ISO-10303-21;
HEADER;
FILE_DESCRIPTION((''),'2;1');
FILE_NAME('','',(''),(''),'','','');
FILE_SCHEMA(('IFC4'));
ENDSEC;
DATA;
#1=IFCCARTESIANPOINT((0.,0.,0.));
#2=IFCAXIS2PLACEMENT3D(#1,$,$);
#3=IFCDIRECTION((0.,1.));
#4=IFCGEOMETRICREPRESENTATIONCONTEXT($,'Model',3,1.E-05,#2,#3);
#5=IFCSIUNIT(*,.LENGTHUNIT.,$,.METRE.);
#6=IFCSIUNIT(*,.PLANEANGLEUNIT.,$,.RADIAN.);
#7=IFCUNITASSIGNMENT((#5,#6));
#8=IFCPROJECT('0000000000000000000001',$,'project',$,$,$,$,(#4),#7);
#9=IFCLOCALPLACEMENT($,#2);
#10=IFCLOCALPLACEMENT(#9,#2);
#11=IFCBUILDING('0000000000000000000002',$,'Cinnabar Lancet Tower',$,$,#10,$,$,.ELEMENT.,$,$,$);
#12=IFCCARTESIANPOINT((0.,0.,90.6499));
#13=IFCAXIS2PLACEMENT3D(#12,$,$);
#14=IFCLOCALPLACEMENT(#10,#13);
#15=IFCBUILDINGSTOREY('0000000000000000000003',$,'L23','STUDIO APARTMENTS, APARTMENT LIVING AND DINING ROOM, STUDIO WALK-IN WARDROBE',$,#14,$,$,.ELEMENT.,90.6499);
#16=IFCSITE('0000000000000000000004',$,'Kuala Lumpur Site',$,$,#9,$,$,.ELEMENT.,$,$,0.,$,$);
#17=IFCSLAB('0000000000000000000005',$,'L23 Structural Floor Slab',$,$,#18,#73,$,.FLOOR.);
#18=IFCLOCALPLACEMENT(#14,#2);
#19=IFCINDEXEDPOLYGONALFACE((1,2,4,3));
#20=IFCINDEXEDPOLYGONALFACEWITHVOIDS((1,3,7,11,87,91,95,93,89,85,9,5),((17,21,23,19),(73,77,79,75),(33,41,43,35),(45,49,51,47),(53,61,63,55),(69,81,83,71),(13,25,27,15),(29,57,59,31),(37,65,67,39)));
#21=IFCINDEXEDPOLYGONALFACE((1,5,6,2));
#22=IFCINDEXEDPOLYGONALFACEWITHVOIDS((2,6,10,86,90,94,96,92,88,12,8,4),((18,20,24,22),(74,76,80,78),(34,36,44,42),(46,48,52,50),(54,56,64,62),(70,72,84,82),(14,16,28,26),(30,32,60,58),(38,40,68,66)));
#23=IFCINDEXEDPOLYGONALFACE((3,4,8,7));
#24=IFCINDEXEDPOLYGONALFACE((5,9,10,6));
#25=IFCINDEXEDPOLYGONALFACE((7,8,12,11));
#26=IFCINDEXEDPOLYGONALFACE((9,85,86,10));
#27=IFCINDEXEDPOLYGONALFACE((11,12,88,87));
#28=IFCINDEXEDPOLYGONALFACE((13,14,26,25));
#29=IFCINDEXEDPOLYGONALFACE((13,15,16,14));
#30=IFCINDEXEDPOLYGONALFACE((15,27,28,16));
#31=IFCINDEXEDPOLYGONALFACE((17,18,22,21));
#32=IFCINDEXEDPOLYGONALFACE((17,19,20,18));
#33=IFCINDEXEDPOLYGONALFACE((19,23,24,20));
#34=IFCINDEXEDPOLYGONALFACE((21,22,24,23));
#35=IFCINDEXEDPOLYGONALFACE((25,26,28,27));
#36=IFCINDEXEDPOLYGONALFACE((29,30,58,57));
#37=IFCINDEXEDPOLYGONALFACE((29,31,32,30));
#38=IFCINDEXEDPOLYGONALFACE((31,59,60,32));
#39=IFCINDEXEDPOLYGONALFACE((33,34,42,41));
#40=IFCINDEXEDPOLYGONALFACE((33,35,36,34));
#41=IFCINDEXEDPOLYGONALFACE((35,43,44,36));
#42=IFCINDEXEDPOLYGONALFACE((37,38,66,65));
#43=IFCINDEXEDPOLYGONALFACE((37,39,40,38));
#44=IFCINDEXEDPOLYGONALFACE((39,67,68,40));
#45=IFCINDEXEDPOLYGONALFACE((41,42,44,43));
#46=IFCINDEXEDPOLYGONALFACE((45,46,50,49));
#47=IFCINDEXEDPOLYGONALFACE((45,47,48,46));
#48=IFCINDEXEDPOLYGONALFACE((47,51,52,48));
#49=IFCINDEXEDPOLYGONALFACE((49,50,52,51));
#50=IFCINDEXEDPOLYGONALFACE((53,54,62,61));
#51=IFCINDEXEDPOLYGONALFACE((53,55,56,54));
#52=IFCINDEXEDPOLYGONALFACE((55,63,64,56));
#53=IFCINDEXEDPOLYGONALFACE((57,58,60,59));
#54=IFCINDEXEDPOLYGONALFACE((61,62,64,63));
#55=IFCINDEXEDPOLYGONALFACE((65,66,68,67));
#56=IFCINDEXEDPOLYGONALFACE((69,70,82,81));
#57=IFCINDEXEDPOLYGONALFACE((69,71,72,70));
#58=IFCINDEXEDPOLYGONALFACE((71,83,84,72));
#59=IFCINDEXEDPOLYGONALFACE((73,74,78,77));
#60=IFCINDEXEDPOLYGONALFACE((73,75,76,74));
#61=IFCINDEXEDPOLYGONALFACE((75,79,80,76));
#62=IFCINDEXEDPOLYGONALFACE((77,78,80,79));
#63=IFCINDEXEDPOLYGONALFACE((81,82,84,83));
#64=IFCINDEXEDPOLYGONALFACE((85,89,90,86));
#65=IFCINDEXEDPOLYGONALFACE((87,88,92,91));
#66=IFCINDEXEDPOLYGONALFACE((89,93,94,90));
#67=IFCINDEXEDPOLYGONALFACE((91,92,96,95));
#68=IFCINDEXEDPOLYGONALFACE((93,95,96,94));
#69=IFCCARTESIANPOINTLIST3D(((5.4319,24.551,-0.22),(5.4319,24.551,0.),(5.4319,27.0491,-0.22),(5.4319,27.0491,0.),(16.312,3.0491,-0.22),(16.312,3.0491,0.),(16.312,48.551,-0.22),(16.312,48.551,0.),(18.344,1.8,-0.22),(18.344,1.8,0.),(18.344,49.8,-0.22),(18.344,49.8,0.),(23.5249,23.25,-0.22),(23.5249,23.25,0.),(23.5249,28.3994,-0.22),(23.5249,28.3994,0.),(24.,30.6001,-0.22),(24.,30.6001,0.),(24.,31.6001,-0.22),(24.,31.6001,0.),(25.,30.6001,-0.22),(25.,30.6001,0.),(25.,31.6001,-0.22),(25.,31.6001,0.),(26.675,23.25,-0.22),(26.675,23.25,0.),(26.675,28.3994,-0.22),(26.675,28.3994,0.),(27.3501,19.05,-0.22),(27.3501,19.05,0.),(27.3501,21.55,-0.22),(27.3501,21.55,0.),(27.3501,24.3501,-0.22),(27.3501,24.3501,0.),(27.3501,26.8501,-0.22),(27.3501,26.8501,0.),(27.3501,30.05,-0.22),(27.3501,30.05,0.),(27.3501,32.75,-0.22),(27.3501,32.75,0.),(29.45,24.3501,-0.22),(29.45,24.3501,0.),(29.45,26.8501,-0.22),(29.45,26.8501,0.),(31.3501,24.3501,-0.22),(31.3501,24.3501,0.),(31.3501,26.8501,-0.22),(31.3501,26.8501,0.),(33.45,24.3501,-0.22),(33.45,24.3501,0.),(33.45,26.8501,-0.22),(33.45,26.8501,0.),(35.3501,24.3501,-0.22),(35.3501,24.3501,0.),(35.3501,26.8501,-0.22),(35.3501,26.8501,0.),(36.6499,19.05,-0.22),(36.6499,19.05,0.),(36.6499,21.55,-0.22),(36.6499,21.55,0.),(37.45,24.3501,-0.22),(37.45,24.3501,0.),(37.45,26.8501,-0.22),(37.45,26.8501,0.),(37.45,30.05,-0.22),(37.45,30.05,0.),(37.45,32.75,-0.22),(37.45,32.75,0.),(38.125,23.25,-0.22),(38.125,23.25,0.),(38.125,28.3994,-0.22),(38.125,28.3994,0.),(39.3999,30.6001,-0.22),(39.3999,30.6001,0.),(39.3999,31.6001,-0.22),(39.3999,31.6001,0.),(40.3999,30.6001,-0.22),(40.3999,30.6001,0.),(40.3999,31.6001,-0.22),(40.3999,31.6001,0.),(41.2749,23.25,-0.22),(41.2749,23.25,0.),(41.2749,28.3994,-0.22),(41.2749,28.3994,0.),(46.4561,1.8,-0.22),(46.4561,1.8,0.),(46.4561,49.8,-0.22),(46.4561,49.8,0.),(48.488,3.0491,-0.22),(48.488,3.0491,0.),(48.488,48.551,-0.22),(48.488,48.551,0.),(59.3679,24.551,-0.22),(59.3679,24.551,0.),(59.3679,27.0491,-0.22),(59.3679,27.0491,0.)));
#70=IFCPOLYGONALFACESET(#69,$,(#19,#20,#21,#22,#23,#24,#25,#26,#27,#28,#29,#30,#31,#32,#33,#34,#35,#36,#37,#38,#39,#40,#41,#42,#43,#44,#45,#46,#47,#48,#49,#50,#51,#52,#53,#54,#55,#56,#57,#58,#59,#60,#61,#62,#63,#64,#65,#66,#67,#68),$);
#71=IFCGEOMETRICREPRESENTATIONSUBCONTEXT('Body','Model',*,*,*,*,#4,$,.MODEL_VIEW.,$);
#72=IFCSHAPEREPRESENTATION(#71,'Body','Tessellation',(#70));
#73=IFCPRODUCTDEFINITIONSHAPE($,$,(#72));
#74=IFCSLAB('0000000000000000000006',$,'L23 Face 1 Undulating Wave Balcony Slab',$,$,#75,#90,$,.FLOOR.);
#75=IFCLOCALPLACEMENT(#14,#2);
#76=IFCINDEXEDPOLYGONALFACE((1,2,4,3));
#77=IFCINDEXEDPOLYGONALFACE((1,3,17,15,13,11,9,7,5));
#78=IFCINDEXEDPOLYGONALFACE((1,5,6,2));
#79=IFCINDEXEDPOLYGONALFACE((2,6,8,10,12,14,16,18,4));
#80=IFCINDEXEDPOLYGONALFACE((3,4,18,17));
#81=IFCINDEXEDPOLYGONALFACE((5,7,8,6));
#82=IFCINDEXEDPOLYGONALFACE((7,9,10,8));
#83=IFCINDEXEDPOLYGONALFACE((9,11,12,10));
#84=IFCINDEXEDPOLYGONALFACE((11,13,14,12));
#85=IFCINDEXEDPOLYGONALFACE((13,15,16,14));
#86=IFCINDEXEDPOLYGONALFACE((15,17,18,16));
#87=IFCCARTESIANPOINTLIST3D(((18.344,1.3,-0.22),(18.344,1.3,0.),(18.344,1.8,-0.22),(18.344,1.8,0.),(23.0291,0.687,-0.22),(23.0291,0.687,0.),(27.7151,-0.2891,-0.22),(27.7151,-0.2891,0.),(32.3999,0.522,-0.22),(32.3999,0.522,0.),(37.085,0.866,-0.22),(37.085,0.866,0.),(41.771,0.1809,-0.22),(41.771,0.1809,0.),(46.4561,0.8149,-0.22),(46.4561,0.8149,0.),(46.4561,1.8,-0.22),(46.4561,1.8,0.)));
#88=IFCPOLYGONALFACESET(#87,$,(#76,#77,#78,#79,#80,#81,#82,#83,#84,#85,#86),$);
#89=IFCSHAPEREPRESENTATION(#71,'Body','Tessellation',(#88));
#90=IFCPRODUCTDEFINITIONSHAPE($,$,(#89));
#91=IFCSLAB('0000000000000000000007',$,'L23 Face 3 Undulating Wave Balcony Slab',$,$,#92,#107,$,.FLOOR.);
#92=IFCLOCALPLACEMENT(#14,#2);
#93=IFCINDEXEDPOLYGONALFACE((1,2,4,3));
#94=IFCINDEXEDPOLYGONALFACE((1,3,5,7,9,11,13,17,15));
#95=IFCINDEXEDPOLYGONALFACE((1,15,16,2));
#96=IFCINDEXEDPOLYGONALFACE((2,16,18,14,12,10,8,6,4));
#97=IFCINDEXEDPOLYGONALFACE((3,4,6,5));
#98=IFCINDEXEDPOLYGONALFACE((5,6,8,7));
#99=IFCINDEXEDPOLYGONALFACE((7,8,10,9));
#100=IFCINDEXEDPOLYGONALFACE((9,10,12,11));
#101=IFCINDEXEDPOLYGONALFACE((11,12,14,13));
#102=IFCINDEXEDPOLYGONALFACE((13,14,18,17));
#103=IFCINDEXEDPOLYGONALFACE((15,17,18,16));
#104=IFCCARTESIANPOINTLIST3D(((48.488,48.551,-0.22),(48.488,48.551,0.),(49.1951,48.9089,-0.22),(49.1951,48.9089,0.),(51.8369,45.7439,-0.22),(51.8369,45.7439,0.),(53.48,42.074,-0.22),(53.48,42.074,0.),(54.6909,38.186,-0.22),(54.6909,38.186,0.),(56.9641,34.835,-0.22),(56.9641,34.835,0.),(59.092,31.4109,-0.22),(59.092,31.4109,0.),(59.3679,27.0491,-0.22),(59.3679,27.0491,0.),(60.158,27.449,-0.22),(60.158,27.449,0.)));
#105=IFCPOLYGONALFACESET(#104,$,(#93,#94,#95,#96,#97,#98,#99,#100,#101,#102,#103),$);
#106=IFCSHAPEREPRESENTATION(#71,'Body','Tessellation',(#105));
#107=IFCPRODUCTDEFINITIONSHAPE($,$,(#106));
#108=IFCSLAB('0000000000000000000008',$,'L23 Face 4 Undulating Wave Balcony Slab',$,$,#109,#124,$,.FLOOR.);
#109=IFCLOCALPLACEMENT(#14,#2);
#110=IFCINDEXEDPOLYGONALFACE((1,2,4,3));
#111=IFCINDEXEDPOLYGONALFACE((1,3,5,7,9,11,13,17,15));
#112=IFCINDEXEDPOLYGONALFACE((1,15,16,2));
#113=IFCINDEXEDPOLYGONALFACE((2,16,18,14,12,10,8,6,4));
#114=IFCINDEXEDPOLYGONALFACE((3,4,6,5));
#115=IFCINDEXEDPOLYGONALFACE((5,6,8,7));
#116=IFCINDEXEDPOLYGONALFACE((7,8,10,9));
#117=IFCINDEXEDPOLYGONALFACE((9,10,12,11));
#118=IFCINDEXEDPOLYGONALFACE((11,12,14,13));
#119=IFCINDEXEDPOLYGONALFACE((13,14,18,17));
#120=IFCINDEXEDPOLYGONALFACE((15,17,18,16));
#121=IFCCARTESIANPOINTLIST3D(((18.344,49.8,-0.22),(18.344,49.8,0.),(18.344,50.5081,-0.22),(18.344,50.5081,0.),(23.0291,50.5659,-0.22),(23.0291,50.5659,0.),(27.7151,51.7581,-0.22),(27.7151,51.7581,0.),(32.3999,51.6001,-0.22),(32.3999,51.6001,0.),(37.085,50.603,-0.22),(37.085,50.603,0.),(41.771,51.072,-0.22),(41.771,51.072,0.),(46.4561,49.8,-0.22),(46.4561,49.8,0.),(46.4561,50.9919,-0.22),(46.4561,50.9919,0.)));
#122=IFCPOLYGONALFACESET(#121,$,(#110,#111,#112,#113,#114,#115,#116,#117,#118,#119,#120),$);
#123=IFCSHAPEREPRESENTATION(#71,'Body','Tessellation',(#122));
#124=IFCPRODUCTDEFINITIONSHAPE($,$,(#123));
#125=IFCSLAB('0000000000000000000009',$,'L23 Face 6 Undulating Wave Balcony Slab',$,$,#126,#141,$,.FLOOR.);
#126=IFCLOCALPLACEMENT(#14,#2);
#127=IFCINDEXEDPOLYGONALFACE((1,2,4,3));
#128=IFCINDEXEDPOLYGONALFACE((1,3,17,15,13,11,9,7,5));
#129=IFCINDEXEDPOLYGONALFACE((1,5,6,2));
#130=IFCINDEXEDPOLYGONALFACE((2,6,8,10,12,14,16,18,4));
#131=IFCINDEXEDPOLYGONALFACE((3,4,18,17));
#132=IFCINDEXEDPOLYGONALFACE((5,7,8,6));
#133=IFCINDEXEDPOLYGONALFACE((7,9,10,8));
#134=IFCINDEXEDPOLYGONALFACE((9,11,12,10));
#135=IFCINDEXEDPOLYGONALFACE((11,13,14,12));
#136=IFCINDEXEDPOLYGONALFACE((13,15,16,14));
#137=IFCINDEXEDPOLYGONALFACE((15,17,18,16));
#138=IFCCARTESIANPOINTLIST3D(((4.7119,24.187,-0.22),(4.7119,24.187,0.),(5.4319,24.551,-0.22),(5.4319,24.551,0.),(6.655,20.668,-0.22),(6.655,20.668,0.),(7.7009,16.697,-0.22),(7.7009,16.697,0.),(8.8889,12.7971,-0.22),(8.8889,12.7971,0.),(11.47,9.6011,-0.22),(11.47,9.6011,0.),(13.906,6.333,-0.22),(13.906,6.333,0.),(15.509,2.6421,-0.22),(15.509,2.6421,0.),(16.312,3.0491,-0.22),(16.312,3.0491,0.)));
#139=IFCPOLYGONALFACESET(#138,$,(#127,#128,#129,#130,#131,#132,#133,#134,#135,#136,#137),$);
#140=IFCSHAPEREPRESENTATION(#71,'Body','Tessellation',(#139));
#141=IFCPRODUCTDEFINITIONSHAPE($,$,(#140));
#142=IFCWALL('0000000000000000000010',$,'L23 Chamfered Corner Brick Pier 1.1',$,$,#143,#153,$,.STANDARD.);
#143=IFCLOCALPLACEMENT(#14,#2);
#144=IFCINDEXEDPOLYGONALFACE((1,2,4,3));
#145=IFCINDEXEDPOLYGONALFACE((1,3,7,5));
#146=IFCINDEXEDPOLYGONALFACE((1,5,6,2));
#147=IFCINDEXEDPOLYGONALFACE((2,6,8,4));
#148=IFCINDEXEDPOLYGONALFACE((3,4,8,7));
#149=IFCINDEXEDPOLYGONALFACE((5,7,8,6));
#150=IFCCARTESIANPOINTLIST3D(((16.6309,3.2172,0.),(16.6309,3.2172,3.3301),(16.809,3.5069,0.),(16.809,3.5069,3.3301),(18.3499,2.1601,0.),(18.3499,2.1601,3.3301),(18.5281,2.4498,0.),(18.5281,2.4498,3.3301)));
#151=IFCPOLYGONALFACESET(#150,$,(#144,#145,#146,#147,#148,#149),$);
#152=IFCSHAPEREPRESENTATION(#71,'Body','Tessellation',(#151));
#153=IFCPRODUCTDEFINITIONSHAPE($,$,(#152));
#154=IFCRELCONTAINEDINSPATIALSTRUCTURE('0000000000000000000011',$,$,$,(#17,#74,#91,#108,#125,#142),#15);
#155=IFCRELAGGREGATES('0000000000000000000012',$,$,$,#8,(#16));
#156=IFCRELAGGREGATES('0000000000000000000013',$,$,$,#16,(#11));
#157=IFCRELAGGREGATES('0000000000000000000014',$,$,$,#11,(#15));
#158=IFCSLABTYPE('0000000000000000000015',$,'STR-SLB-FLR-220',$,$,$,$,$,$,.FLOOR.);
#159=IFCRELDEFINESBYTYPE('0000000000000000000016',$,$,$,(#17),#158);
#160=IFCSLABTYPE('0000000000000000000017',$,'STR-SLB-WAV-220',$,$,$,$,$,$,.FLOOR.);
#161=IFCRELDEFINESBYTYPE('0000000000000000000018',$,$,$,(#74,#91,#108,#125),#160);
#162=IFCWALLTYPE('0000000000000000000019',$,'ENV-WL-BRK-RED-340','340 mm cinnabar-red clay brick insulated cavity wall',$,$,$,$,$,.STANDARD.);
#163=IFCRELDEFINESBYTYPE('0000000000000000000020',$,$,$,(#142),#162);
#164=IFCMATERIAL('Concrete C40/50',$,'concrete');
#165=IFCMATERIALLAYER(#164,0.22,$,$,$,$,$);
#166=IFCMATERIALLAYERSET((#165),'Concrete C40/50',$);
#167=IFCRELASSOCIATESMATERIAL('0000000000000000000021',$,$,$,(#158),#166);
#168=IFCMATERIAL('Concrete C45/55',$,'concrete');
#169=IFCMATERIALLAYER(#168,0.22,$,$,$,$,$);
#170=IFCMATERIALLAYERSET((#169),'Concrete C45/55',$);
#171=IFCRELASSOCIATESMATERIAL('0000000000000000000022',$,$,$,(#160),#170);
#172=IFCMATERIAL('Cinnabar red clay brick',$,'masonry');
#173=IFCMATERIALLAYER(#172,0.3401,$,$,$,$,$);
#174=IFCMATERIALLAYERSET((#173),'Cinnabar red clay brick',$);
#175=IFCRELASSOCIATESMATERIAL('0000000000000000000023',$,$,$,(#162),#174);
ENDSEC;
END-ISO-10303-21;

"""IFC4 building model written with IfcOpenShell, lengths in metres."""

from ifc_helpers import new_model, si_unit, direction, frame, frame_2d, origin, place, context, subcontext, project, spatial, polyline, rectangle, outline, extrude, material, layer, layer_set, type_object, element, save


model = new_model("IFC4")

# Units and contexts
model_context = context("Model", 3, precision=1e-05, world=origin(), true_north=direction((0.0, 1.0)))
body_context = subcontext(model_context, "Body", "Model", "MODEL_VIEW")
ifc_project = project(units=[si_unit("LENGTHUNIT", "METRE"), si_unit("PLANEANGLEUNIT", "RADIAN")], contexts=[model_context])

# Site, building, storey
site_placement = place(None, origin())
site = spatial("IfcSite", under=ifc_project, at=site_placement, Name="Kuala Lumpur Site", CompositionType="ELEMENT", RefElevation=0.0)
building_placement = place(site_placement, origin())
building = spatial("IfcBuilding", under=site, at=building_placement, Name="Cinnabar Lancet Tower", CompositionType="ELEMENT")
storey_placement = place(building_placement, frame((0.0, 0.0, 90.6499)))
storey = spatial("IfcBuildingStorey", under=building, at=storey_placement, Name="L23", Description="STUDIO APARTMENTS, APARTMENT LIVING AND DINING ROOM, STUDIO WALK-IN WARDROBE", CompositionType="ELEMENT", Elevation=90.6499)

# Slabs
ifc_material_1 = material(Name="Concrete C40/50", Category="concrete")
ifc_layer_1 = layer(ifc_material_1, 0.22)
ifc_layer_set_1 = layer_set([ifc_layer_1], Name="Concrete C40/50")
slab_type_1 = type_object("IfcSlabType", Name="STR-SLB-FLR-220", PredefinedType="FLOOR", material=ifc_layer_set_1)
slab_1_placement = place(storey_placement, frame((0.0, 0.0, -0.22)))
element("IfcSlab", 1, at=slab_1_placement, inside=storey, type_object=slab_type_1, Name="L23 Structural Floor Slab", PredefinedType="FLOOR", context=body_context, shape_type="SweptSolid", body=[
    extrude(outline(polyline([(16.312, 3.0491), (18.344, 1.8), (46.4561, 1.8), (48.488, 3.0491), (59.3679, 24.551), (59.3679, 27.0491), (48.488, 48.551), (46.4561, 49.8), (18.344, 49.8), (16.312, 48.551), (5.4319, 27.0491), (5.4319, 24.551), (16.312, 3.0491)]), holes=[polyline([(23.5249, 23.25), (26.675, 23.25), (26.675, 28.3994), (23.5249, 28.3994), (23.5249, 23.25)]), polyline([(38.125, 23.25), (41.2749, 23.25), (41.2749, 28.3994), (38.125, 28.3994), (38.125, 23.25)]), polyline([(27.3501, 30.05), (37.45, 30.05), (37.45, 32.75), (27.3501, 32.75), (27.3501, 30.05)]), polyline([(27.3501, 19.05), (36.6499, 19.05), (36.6499, 21.55), (27.3501, 21.55), (27.3501, 19.05)]), polyline([(27.3501, 24.3501), (29.45, 24.3501), (29.45, 26.8501), (27.3501, 26.8501), (27.3501, 24.3501)]), polyline([(35.3501, 24.3501), (37.45, 24.3501), (37.45, 26.8501), (35.3501, 26.8501), (35.3501, 24.3501)]), polyline([(31.3501, 24.3501), (33.45, 24.3501), (33.45, 26.8501), (31.3501, 26.8501), (31.3501, 24.3501)]), polyline([(24.0, 30.6001), (25.0, 30.6001), (25.0, 31.6001), (24.0, 31.6001), (24.0, 30.6001)]), polyline([(39.3999, 30.6001), (40.3999, 30.6001), (40.3999, 31.6001), (39.3999, 31.6001), (39.3999, 30.6001)])]), origin(), (0.0, 0.0, 1.0), 0.22),
])
ifc_material_2 = material(Name="Concrete C45/55", Category="concrete")
ifc_layer_2 = layer(ifc_material_2, 0.22)
ifc_layer_set_2 = layer_set([ifc_layer_2], Name="Concrete C45/55")
slab_type_2 = type_object("IfcSlabType", Name="STR-SLB-WAV-220", PredefinedType="FLOOR", material=ifc_layer_set_2)
slab_2_placement = place(storey_placement, frame((0.0, 0.0, -0.22)))
element("IfcSlab", 2, at=slab_2_placement, inside=storey, type_object=slab_type_2, Name="L23 Face 1 Undulating Wave Balcony Slab", PredefinedType="FLOOR", context=body_context, shape_type="SweptSolid", body=[
    extrude(outline(polyline([(18.344, 1.8), (18.344, 1.3), (23.0291, 0.687), (27.7151, -0.2891), (32.3999, 0.522), (37.085, 0.866), (41.771, 0.1809), (46.4561, 0.8149), (46.4561, 1.8), (18.344, 1.8)])), origin(), (0.0, 0.0, 1.0), 0.22),
])
slab_3_placement = place(storey_placement, frame((0.0, 0.0, -0.22)))
element("IfcSlab", 3, at=slab_3_placement, inside=storey, type_object=slab_type_2, Name="L23 Face 3 Undulating Wave Balcony Slab", PredefinedType="FLOOR", context=body_context, shape_type="SweptSolid", body=[
    extrude(outline(polyline([(59.3679, 27.0491), (60.158, 27.449), (59.092, 31.4109), (56.9641, 34.835), (54.6909, 38.186), (53.48, 42.074), (51.8369, 45.7439), (49.1951, 48.9089), (48.488, 48.551), (59.3679, 27.0491)])), origin(), (0.0, 0.0, 1.0), 0.22),
])
slab_4_placement = place(storey_placement, frame((0.0, 0.0, -0.22)))
element("IfcSlab", 4, at=slab_4_placement, inside=storey, type_object=slab_type_2, Name="L23 Face 4 Undulating Wave Balcony Slab", PredefinedType="FLOOR", context=body_context, shape_type="SweptSolid", body=[
    extrude(outline(polyline([(46.4561, 49.8), (46.4561, 50.9919), (41.771, 51.072), (37.085, 50.603), (32.3999, 51.6001), (27.7151, 51.7581), (23.0291, 50.5659), (18.344, 50.5081), (18.344, 49.8), (46.4561, 49.8)])), origin(), (0.0, 0.0, 1.0), 0.22),
])
slab_5_placement = place(storey_placement, frame((0.0, 0.0, -0.22)))
element("IfcSlab", 5, at=slab_5_placement, inside=storey, type_object=slab_type_2, Name="L23 Face 6 Undulating Wave Balcony Slab", PredefinedType="FLOOR", context=body_context, shape_type="SweptSolid", body=[
    extrude(outline(polyline([(5.4319, 24.551), (4.7119, 24.187), (6.655, 20.668), (7.7009, 16.697), (8.8889, 12.7971), (11.47, 9.6011), (13.906, 6.333), (15.509, 2.6421), (16.312, 3.0491), (5.4319, 24.551)])), origin(), (0.0, 0.0, 1.0), 0.22),
])

# Wall
ifc_material_3 = material(Name="Cinnabar red clay brick", Category="masonry")
ifc_layer_3 = layer(ifc_material_3, 0.3401)
ifc_layer_set_3 = layer_set([ifc_layer_3], Name="Cinnabar red clay brick")
wall_type = type_object("IfcWallType", Name="ENV-WL-BRK-RED-340", Description="340 mm cinnabar-red clay brick insulated cavity wall", PredefinedType="STANDARD", material=ifc_layer_set_3)
wall_1_placement = place(storey_placement, frame((16.72, 3.3621, 0.0), z_axis=(0.0, 0.0, 1.0), x_axis=(0.851816, -0.523841, 0.0)))
element("IfcWall", 6, at=wall_1_placement, inside=storey, type_object=wall_type, Name="L23 Chamfered Corner Brick Pier 1.1", PredefinedType="STANDARD", context=body_context, shape_type="SweptSolid", body=[
    extrude(rectangle(XDim=2.0181, YDim=0.3401, at=frame_2d((1.009, 0.0))), origin(), (0.0, 0.0, 1.0), 3.3301),
])

save(model, "model.ifc")
